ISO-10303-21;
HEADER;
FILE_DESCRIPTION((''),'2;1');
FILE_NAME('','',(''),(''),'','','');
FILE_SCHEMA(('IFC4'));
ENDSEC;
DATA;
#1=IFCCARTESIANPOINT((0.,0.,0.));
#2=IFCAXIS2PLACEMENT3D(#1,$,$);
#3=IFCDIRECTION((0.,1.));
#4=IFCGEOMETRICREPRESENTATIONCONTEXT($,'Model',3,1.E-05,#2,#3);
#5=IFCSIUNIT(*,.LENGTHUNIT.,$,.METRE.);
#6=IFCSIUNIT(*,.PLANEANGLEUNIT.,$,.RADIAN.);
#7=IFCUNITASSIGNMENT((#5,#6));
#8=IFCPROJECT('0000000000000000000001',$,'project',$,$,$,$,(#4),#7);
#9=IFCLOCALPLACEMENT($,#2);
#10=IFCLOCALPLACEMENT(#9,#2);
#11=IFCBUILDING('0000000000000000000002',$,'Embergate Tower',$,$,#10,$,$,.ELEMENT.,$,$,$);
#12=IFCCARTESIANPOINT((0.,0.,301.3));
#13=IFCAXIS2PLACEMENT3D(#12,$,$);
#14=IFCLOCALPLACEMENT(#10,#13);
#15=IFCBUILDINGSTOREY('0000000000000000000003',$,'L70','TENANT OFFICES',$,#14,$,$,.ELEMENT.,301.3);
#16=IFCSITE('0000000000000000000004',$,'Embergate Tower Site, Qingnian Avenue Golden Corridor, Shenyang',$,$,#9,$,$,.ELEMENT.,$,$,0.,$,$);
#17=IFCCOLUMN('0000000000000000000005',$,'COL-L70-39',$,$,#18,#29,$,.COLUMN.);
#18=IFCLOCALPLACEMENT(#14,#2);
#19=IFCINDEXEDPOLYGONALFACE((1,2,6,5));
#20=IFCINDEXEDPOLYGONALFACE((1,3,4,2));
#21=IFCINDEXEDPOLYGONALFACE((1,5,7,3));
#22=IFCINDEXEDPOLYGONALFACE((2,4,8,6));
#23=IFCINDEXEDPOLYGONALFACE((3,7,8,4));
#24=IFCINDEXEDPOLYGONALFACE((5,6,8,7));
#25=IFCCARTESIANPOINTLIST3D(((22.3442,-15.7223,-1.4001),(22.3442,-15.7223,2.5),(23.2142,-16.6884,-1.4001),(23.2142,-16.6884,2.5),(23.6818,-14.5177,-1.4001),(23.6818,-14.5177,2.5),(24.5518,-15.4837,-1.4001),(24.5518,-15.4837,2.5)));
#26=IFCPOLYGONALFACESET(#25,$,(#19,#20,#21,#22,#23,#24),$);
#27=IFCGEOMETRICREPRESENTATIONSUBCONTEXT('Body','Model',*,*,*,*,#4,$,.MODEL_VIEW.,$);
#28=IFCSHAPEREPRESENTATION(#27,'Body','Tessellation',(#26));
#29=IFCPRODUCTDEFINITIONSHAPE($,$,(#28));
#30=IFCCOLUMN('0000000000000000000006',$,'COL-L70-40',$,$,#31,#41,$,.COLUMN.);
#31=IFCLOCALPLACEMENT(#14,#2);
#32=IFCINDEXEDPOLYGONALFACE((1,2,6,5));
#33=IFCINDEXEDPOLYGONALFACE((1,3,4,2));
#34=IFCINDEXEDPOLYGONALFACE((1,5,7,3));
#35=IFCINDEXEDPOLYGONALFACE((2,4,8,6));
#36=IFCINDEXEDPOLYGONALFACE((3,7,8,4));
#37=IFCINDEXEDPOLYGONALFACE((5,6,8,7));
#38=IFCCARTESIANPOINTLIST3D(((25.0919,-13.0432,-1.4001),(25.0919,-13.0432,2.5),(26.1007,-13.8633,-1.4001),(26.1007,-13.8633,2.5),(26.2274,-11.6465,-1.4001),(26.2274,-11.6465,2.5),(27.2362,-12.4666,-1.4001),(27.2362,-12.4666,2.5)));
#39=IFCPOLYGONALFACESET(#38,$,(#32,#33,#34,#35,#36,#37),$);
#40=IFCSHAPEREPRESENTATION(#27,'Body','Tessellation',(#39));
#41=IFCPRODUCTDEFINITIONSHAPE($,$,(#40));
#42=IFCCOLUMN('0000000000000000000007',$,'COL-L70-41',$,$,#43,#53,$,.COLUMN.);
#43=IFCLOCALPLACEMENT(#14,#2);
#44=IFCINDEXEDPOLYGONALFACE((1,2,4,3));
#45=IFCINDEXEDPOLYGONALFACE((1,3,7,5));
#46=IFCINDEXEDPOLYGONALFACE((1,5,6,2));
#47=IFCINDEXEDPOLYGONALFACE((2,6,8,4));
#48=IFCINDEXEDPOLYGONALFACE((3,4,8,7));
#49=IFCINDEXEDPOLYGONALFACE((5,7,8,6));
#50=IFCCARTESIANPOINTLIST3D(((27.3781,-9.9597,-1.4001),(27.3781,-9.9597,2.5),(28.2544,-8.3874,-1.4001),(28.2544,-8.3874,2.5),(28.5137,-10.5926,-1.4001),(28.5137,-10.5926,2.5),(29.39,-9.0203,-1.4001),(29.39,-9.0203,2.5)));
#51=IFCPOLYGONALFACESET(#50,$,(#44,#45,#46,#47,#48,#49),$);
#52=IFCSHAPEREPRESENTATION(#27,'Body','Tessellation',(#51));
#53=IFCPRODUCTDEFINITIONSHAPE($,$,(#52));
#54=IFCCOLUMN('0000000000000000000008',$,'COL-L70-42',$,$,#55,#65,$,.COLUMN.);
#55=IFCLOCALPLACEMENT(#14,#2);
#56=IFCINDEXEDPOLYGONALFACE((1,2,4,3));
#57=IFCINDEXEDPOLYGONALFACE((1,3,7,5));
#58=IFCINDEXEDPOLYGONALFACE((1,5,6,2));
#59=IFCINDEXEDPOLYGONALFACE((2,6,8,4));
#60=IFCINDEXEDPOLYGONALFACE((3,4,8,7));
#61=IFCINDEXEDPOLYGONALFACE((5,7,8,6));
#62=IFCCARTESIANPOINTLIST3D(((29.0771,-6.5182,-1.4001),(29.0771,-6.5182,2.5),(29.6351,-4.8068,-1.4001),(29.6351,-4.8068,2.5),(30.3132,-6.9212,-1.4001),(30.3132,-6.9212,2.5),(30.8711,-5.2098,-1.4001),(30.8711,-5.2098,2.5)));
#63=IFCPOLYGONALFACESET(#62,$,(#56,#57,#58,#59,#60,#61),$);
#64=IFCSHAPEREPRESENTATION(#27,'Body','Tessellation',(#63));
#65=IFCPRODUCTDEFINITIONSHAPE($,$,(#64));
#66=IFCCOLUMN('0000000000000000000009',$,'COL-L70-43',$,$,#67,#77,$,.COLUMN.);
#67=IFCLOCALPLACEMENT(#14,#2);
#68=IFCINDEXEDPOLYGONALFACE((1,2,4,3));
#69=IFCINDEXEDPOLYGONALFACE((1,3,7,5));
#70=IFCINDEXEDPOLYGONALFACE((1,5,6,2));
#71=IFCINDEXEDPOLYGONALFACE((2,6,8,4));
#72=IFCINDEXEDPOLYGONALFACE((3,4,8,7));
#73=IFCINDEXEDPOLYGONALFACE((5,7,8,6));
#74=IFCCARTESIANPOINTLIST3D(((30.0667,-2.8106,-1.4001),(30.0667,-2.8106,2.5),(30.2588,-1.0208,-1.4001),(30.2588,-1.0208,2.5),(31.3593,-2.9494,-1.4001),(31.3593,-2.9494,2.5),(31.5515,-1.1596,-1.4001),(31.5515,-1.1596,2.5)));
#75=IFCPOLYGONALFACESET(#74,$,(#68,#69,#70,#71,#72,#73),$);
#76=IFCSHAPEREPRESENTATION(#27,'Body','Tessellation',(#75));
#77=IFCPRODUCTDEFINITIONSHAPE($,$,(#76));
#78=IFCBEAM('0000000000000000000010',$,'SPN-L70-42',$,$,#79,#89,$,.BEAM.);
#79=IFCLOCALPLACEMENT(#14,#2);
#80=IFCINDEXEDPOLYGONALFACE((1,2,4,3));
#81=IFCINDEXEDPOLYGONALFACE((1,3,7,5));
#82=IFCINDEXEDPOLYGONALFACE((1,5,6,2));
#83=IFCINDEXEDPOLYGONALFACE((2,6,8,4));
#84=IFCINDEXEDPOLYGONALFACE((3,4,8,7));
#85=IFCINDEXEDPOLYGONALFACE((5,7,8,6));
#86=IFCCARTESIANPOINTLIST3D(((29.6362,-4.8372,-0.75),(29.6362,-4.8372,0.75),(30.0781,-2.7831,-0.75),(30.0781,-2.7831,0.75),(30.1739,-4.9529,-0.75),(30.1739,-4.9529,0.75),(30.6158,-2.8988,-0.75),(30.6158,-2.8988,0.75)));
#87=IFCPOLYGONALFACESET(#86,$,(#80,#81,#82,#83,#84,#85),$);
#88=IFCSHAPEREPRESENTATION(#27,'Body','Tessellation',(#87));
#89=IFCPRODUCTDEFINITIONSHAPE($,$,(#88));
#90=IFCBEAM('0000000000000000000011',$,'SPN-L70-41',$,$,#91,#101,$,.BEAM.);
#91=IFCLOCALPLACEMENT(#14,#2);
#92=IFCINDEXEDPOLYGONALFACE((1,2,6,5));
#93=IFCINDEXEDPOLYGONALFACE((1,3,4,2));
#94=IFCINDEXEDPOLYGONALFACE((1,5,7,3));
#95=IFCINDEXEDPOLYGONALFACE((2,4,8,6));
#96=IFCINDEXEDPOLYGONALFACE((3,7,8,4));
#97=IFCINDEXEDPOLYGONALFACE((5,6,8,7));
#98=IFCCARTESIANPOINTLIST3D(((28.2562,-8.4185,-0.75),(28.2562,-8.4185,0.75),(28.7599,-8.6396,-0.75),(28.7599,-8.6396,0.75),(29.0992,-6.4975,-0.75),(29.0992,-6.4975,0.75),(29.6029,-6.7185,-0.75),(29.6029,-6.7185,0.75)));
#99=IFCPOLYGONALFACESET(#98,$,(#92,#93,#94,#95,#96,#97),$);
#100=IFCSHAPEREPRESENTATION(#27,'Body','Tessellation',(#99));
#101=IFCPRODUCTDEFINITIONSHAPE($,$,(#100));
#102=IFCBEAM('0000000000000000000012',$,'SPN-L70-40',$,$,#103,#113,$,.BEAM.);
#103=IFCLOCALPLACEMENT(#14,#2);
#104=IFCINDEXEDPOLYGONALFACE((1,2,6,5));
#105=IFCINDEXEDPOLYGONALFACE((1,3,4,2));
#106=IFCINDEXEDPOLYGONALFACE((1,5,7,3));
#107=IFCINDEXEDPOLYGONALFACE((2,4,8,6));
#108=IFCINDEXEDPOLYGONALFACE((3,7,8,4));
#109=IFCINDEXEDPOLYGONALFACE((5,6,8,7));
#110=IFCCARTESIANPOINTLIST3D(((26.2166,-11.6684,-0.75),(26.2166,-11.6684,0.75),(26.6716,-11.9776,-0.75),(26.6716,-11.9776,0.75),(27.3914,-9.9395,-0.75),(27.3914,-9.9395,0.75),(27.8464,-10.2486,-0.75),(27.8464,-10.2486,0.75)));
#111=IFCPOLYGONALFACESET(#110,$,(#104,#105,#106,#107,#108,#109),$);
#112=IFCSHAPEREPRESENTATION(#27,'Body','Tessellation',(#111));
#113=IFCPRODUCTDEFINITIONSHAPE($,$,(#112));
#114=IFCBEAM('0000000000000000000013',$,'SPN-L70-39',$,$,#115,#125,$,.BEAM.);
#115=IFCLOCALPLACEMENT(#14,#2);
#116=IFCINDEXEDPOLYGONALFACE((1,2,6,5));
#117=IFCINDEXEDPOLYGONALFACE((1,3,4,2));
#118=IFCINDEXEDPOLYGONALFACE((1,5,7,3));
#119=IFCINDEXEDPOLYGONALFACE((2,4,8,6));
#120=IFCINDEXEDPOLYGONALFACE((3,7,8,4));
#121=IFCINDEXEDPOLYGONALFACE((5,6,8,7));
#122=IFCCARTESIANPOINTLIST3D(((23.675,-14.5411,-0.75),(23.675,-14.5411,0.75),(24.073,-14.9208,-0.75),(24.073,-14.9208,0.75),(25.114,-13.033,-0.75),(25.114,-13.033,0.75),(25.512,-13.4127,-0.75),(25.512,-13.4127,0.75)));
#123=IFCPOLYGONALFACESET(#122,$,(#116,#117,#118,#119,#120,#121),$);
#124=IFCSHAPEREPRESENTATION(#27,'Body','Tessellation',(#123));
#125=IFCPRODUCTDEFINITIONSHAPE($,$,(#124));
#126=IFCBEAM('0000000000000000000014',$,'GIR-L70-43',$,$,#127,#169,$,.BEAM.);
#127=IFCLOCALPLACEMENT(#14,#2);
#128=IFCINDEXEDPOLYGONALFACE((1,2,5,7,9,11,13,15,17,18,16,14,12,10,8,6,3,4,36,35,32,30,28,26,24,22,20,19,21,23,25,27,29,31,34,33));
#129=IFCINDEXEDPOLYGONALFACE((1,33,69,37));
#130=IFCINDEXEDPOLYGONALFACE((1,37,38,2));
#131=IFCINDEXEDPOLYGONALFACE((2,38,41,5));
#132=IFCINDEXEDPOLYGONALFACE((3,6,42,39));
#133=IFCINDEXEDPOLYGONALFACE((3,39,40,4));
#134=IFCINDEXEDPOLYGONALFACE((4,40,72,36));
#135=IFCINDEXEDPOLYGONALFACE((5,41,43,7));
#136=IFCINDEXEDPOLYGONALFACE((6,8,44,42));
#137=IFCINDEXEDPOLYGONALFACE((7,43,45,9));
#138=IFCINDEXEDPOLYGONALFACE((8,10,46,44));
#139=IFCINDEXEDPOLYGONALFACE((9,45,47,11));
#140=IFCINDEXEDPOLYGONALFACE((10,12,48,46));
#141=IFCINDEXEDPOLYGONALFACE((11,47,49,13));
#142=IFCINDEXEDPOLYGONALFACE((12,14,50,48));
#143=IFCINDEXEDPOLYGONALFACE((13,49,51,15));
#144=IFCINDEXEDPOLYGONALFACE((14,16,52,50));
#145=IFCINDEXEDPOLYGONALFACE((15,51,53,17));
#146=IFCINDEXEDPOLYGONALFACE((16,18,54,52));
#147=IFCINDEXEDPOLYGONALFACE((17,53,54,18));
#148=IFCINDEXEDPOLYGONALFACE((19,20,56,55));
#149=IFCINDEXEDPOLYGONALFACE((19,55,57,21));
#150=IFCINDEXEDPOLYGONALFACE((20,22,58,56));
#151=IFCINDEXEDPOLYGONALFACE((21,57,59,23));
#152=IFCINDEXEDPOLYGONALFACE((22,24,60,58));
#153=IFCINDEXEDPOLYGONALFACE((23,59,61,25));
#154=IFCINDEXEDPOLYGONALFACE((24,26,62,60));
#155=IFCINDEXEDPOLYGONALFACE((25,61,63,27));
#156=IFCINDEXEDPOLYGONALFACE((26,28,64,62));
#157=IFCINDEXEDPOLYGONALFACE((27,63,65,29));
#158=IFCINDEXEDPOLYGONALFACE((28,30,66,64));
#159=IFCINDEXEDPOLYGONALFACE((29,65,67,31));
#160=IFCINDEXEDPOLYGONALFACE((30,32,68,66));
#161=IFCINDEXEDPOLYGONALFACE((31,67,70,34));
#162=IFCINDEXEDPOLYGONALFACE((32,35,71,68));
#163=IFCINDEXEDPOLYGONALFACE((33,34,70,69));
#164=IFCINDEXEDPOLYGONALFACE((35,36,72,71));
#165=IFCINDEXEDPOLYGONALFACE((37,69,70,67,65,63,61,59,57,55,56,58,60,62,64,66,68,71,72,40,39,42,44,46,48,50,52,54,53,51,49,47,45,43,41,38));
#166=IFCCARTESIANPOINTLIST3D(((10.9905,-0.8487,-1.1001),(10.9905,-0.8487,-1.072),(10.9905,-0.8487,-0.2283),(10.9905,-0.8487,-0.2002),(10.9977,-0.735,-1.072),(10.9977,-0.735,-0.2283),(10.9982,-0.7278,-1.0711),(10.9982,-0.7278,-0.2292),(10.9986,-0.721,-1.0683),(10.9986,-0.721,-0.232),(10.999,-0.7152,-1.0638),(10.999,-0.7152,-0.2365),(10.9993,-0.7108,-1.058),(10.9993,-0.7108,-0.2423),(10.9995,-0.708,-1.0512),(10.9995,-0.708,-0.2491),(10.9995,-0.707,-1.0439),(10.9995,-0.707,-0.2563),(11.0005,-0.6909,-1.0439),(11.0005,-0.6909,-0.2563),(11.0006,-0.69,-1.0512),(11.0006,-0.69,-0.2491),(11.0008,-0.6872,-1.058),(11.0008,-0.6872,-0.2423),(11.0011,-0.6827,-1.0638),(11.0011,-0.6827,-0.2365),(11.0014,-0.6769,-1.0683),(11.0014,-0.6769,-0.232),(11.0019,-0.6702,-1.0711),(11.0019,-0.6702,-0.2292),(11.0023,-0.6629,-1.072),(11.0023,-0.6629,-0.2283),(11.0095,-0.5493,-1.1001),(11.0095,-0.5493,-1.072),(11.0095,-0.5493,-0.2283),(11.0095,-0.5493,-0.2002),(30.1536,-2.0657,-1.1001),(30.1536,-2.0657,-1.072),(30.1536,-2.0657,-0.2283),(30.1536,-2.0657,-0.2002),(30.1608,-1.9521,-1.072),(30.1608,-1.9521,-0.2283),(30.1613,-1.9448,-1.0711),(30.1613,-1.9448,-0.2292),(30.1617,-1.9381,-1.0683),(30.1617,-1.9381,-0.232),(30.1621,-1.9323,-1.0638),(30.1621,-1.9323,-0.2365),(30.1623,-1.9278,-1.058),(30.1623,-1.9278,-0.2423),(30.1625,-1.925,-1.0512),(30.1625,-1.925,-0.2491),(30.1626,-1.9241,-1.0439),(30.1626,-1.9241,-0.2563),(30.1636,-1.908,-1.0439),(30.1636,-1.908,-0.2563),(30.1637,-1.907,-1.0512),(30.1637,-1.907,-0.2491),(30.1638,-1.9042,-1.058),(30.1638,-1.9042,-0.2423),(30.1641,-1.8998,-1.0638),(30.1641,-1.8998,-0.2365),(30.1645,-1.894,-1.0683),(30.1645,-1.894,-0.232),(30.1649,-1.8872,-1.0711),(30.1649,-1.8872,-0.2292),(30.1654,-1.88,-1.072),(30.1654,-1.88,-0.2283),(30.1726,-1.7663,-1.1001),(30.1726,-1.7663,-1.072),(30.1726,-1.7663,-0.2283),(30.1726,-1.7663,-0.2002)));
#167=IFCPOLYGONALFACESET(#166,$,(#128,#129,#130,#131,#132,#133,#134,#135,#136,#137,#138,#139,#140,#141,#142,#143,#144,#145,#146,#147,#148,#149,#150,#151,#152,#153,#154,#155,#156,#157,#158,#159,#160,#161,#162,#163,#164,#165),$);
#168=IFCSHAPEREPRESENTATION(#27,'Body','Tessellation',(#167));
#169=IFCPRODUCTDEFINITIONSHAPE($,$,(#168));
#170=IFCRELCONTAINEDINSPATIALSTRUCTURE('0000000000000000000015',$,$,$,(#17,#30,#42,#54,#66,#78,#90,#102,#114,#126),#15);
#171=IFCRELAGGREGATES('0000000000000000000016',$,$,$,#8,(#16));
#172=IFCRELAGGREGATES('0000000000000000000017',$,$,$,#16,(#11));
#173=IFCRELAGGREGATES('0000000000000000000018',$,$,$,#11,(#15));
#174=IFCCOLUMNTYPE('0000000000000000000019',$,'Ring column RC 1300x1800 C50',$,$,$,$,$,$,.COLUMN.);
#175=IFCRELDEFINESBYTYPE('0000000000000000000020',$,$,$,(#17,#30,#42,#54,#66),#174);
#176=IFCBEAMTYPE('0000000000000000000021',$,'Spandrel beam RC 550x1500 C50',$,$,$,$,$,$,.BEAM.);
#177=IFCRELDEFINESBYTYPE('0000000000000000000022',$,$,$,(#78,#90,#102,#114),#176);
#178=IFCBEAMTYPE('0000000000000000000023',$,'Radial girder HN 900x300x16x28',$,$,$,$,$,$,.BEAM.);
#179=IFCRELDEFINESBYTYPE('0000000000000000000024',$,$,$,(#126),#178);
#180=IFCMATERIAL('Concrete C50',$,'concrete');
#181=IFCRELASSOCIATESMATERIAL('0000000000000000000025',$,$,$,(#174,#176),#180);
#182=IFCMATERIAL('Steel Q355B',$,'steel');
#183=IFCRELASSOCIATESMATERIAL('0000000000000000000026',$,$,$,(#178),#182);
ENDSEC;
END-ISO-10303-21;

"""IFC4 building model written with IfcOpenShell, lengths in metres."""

from ifc_helpers import new_model, si_unit, direction, frame, origin, origin_2d, place, context, subcontext, project, spatial, rectangle, i_section, extrude, source, transform, mapped, material, material_profile, profile_set, type_object, element, save


model = new_model("IFC4")

# Units and contexts
model_context = context("Model", 3, precision=1e-05, world=origin(), true_north=direction((0.0, 1.0)))
body_context = subcontext(model_context, "Body", "Model", "MODEL_VIEW")
ifc_project = project(units=[si_unit("LENGTHUNIT", "METRE"), si_unit("PLANEANGLEUNIT", "RADIAN")], contexts=[model_context])

# Site, building, storey
site_placement = place(None, origin())
site = spatial("IfcSite", under=ifc_project, at=site_placement, Name="Embergate Tower Site, Qingnian Avenue Golden Corridor, Shenyang", CompositionType="ELEMENT", RefElevation=0.0)
building_placement = place(site_placement, origin())
building = spatial("IfcBuilding", under=site, at=building_placement, Name="Embergate Tower", CompositionType="ELEMENT")
storey_placement = place(building_placement, frame((0.0, 0.0, 301.3)))
storey = spatial("IfcBuildingStorey", under=building, at=storey_placement, Name="L70", Description="TENANT OFFICES", CompositionType="ELEMENT", Elevation=301.3)

# Columns
ifc_material_1 = material(Name="Concrete C50", Category="concrete")
ifc_material_profile_1 = material_profile(ifc_material_1, rectangle(XDim=1.3, YDim=1.8, at=origin_2d()), Name="RC 1300x1800")
ifc_profile_set_1 = profile_set([ifc_material_profile_1], Name="Concrete C50")
column_type = type_object("IfcColumnType", Name="Ring column RC 1300x1800 C50", PredefinedType="COLUMN", material=ifc_profile_set_1)
shared_shape_1 = source(origin(), body_context, "Body", "SweptSolid", [
    extrude(rectangle(XDim=1.3, YDim=1.8, at=origin_2d()), origin(), (0.0, 0.0, 1.0), 3.9001),
])
for number, where, z_axis, x_axis, name in (
    (1, (23.448, -15.603, -1.4001), (0.0, 0.0, 1.0), (0.669221, -0.743063, 0.0), "COL-L70-39"),
    (2, (26.1641, -12.7549, -1.4001), (0.0, 0.0, 1.0), (0.775925, -0.630825, 0.0), "COL-L70-40"),
    (3, (28.384, -9.49, -1.4001), (0.0, 0.0, 1.0), (0.8735, -0.486823, 0.0), "COL-L70-41"),
    (4, (29.9741, -5.864, -1.4001), (0.0, 0.0, 1.0), (0.950754, -0.309946, 0.0), "COL-L70-42"),
    (5, (30.8091, -1.9851, -1.4001), (0.0, 0.0, 1.0), (0.994286, -0.10675, 0.0), "COL-L70-43"),
):
    element("IfcColumn", number, at=place(storey_placement, frame(where, z_axis=z_axis, x_axis=x_axis)), inside=storey, type_object=column_type, Name=name, PredefinedType="COLUMN", context=body_context, shape_type="MappedRepresentation", body=[
        mapped(shared_shape_1, transform((0.0, 0.0, 0.0))),
    ])

# Beams
ifc_material_profile_2 = material_profile(ifc_material_1, rectangle(XDim=0.55, YDim=1.5, at=origin_2d()), Name="RC 550x1500")
ifc_profile_set_2 = profile_set([ifc_material_profile_2], Name="Concrete C50")
beam_type_1 = type_object("IfcBeamType", Name="Spandrel beam RC 550x1500 C50", PredefinedType="BEAM", material=ifc_profile_set_2)
shared_shape_2 = source(origin(), body_context, "Body", "SweptSolid", [
    extrude(rectangle(XDim=0.55, YDim=1.5, at=origin_2d()), origin(), (0.0, 0.0, 1.0), 2.1011),
])
beam_1_placement = place(storey_placement, frame((29.905, -4.895, 0.0), z_axis=(0.210331, 0.97763, 0.0), x_axis=(-0.97763, 0.210331, 0.0)))
element("IfcBeam", 6, at=beam_1_placement, inside=storey, type_object=beam_type_1, Name="SPN-L70-42", PredefinedType="BEAM", context=body_context, shape_type="MappedRepresentation", body=[
    mapped(shared_shape_2, transform((0.0, 0.0, 0.0))),
])
shared_shape_3 = source(origin(), body_context, "Body", "SweptSolid", [
    extrude(rectangle(XDim=0.55, YDim=1.5, at=origin_2d()), origin(), (0.0, 0.0, 1.0), 2.0979),
])
beam_2_placement = place(storey_placement, frame((28.5081, -8.5291, 0.0), z_axis=(0.401826, 0.915716, 0.0), x_axis=(-0.915716, 0.401826, 0.0)))
element("IfcBeam", 7, at=beam_2_placement, inside=storey, type_object=beam_type_1, Name="SPN-L70-41", PredefinedType="BEAM", context=body_context, shape_type="MappedRepresentation", body=[
    mapped(shared_shape_3, transform((0.0, 0.0, 0.0))),
])
shared_shape_4 = source(origin(), body_context, "Body", "SweptSolid", [
    extrude(rectangle(XDim=0.55, YDim=1.5, at=origin_2d()), origin(), (0.0, 0.0, 1.0), 2.0903),
])
beam_3_placement = place(storey_placement, frame((26.4441, -11.823, 0.0), z_axis=(0.56201, 0.827131, 0.0), x_axis=(-0.827131, 0.56201, 0.0)))
element("IfcBeam", 8, at=beam_3_placement, inside=storey, type_object=beam_type_1, Name="SPN-L70-40", PredefinedType="BEAM", context=body_context, shape_type="MappedRepresentation", body=[
    mapped(shared_shape_4, transform((0.0, 0.0, 0.0))),
])
shared_shape_5 = source(origin(), body_context, "Body", "SweptSolid", [
    extrude(rectangle(XDim=0.55, YDim=1.5, at=origin_2d()), origin(), (0.0, 0.0, 1.0), 2.0845),
])
beam_4_placement = place(storey_placement, frame((23.874, -14.731, 0.0), z_axis=(0.690339, 0.723486, 0.0), x_axis=(-0.723486, 0.690339, 0.0)))
element("IfcBeam", 9, at=beam_4_placement, inside=storey, type_object=beam_type_1, Name="SPN-L70-39", PredefinedType="BEAM", context=body_context, shape_type="MappedRepresentation", body=[
    mapped(shared_shape_5, transform((0.0, 0.0, 0.0))),
])
ifc_material_2 = material(Name="Steel Q355B", Category="steel")
ifc_material_profile_3 = material_profile(ifc_material_2, i_section(OverallWidth=0.3, OverallDepth=0.8999, WebThickness=0.0161, FlangeThickness=0.0281, FilletRadius=0.0281, at=origin_2d()), Name="HN 900x300x16x28")
ifc_profile_set_3 = profile_set([ifc_material_profile_3], Name="Steel Q355 grade B")
beam_type_2 = type_object("IfcBeamType", Name="Radial girder HN 900x300x16x28", PredefinedType="BEAM", material=ifc_profile_set_3)
shared_shape_6 = source(origin(), body_context, "Body", "SweptSolid", [
    extrude(i_section(OverallWidth=0.3, OverallDepth=0.8999, WebThickness=0.0161, FlangeThickness=0.0281, FilletRadius=0.0281, at=origin_2d()), origin(), (0.0, 0.0, 1.0), 19.2017),
])
beam_5_placement = place(storey_placement, frame((30.1631, -1.916, -0.6501), z_axis=(-0.997989, 0.063382, 0.0), x_axis=(-0.063382, -0.997989, 0.0)))
element("IfcBeam", 10, at=beam_5_placement, inside=storey, type_object=beam_type_2, Name="GIR-L70-43", PredefinedType="BEAM", context=body_context, shape_type="MappedRepresentation", body=[
    mapped(shared_shape_6, transform((0.0, 0.0, 0.0))),
])

save(model, "model.ifc")
